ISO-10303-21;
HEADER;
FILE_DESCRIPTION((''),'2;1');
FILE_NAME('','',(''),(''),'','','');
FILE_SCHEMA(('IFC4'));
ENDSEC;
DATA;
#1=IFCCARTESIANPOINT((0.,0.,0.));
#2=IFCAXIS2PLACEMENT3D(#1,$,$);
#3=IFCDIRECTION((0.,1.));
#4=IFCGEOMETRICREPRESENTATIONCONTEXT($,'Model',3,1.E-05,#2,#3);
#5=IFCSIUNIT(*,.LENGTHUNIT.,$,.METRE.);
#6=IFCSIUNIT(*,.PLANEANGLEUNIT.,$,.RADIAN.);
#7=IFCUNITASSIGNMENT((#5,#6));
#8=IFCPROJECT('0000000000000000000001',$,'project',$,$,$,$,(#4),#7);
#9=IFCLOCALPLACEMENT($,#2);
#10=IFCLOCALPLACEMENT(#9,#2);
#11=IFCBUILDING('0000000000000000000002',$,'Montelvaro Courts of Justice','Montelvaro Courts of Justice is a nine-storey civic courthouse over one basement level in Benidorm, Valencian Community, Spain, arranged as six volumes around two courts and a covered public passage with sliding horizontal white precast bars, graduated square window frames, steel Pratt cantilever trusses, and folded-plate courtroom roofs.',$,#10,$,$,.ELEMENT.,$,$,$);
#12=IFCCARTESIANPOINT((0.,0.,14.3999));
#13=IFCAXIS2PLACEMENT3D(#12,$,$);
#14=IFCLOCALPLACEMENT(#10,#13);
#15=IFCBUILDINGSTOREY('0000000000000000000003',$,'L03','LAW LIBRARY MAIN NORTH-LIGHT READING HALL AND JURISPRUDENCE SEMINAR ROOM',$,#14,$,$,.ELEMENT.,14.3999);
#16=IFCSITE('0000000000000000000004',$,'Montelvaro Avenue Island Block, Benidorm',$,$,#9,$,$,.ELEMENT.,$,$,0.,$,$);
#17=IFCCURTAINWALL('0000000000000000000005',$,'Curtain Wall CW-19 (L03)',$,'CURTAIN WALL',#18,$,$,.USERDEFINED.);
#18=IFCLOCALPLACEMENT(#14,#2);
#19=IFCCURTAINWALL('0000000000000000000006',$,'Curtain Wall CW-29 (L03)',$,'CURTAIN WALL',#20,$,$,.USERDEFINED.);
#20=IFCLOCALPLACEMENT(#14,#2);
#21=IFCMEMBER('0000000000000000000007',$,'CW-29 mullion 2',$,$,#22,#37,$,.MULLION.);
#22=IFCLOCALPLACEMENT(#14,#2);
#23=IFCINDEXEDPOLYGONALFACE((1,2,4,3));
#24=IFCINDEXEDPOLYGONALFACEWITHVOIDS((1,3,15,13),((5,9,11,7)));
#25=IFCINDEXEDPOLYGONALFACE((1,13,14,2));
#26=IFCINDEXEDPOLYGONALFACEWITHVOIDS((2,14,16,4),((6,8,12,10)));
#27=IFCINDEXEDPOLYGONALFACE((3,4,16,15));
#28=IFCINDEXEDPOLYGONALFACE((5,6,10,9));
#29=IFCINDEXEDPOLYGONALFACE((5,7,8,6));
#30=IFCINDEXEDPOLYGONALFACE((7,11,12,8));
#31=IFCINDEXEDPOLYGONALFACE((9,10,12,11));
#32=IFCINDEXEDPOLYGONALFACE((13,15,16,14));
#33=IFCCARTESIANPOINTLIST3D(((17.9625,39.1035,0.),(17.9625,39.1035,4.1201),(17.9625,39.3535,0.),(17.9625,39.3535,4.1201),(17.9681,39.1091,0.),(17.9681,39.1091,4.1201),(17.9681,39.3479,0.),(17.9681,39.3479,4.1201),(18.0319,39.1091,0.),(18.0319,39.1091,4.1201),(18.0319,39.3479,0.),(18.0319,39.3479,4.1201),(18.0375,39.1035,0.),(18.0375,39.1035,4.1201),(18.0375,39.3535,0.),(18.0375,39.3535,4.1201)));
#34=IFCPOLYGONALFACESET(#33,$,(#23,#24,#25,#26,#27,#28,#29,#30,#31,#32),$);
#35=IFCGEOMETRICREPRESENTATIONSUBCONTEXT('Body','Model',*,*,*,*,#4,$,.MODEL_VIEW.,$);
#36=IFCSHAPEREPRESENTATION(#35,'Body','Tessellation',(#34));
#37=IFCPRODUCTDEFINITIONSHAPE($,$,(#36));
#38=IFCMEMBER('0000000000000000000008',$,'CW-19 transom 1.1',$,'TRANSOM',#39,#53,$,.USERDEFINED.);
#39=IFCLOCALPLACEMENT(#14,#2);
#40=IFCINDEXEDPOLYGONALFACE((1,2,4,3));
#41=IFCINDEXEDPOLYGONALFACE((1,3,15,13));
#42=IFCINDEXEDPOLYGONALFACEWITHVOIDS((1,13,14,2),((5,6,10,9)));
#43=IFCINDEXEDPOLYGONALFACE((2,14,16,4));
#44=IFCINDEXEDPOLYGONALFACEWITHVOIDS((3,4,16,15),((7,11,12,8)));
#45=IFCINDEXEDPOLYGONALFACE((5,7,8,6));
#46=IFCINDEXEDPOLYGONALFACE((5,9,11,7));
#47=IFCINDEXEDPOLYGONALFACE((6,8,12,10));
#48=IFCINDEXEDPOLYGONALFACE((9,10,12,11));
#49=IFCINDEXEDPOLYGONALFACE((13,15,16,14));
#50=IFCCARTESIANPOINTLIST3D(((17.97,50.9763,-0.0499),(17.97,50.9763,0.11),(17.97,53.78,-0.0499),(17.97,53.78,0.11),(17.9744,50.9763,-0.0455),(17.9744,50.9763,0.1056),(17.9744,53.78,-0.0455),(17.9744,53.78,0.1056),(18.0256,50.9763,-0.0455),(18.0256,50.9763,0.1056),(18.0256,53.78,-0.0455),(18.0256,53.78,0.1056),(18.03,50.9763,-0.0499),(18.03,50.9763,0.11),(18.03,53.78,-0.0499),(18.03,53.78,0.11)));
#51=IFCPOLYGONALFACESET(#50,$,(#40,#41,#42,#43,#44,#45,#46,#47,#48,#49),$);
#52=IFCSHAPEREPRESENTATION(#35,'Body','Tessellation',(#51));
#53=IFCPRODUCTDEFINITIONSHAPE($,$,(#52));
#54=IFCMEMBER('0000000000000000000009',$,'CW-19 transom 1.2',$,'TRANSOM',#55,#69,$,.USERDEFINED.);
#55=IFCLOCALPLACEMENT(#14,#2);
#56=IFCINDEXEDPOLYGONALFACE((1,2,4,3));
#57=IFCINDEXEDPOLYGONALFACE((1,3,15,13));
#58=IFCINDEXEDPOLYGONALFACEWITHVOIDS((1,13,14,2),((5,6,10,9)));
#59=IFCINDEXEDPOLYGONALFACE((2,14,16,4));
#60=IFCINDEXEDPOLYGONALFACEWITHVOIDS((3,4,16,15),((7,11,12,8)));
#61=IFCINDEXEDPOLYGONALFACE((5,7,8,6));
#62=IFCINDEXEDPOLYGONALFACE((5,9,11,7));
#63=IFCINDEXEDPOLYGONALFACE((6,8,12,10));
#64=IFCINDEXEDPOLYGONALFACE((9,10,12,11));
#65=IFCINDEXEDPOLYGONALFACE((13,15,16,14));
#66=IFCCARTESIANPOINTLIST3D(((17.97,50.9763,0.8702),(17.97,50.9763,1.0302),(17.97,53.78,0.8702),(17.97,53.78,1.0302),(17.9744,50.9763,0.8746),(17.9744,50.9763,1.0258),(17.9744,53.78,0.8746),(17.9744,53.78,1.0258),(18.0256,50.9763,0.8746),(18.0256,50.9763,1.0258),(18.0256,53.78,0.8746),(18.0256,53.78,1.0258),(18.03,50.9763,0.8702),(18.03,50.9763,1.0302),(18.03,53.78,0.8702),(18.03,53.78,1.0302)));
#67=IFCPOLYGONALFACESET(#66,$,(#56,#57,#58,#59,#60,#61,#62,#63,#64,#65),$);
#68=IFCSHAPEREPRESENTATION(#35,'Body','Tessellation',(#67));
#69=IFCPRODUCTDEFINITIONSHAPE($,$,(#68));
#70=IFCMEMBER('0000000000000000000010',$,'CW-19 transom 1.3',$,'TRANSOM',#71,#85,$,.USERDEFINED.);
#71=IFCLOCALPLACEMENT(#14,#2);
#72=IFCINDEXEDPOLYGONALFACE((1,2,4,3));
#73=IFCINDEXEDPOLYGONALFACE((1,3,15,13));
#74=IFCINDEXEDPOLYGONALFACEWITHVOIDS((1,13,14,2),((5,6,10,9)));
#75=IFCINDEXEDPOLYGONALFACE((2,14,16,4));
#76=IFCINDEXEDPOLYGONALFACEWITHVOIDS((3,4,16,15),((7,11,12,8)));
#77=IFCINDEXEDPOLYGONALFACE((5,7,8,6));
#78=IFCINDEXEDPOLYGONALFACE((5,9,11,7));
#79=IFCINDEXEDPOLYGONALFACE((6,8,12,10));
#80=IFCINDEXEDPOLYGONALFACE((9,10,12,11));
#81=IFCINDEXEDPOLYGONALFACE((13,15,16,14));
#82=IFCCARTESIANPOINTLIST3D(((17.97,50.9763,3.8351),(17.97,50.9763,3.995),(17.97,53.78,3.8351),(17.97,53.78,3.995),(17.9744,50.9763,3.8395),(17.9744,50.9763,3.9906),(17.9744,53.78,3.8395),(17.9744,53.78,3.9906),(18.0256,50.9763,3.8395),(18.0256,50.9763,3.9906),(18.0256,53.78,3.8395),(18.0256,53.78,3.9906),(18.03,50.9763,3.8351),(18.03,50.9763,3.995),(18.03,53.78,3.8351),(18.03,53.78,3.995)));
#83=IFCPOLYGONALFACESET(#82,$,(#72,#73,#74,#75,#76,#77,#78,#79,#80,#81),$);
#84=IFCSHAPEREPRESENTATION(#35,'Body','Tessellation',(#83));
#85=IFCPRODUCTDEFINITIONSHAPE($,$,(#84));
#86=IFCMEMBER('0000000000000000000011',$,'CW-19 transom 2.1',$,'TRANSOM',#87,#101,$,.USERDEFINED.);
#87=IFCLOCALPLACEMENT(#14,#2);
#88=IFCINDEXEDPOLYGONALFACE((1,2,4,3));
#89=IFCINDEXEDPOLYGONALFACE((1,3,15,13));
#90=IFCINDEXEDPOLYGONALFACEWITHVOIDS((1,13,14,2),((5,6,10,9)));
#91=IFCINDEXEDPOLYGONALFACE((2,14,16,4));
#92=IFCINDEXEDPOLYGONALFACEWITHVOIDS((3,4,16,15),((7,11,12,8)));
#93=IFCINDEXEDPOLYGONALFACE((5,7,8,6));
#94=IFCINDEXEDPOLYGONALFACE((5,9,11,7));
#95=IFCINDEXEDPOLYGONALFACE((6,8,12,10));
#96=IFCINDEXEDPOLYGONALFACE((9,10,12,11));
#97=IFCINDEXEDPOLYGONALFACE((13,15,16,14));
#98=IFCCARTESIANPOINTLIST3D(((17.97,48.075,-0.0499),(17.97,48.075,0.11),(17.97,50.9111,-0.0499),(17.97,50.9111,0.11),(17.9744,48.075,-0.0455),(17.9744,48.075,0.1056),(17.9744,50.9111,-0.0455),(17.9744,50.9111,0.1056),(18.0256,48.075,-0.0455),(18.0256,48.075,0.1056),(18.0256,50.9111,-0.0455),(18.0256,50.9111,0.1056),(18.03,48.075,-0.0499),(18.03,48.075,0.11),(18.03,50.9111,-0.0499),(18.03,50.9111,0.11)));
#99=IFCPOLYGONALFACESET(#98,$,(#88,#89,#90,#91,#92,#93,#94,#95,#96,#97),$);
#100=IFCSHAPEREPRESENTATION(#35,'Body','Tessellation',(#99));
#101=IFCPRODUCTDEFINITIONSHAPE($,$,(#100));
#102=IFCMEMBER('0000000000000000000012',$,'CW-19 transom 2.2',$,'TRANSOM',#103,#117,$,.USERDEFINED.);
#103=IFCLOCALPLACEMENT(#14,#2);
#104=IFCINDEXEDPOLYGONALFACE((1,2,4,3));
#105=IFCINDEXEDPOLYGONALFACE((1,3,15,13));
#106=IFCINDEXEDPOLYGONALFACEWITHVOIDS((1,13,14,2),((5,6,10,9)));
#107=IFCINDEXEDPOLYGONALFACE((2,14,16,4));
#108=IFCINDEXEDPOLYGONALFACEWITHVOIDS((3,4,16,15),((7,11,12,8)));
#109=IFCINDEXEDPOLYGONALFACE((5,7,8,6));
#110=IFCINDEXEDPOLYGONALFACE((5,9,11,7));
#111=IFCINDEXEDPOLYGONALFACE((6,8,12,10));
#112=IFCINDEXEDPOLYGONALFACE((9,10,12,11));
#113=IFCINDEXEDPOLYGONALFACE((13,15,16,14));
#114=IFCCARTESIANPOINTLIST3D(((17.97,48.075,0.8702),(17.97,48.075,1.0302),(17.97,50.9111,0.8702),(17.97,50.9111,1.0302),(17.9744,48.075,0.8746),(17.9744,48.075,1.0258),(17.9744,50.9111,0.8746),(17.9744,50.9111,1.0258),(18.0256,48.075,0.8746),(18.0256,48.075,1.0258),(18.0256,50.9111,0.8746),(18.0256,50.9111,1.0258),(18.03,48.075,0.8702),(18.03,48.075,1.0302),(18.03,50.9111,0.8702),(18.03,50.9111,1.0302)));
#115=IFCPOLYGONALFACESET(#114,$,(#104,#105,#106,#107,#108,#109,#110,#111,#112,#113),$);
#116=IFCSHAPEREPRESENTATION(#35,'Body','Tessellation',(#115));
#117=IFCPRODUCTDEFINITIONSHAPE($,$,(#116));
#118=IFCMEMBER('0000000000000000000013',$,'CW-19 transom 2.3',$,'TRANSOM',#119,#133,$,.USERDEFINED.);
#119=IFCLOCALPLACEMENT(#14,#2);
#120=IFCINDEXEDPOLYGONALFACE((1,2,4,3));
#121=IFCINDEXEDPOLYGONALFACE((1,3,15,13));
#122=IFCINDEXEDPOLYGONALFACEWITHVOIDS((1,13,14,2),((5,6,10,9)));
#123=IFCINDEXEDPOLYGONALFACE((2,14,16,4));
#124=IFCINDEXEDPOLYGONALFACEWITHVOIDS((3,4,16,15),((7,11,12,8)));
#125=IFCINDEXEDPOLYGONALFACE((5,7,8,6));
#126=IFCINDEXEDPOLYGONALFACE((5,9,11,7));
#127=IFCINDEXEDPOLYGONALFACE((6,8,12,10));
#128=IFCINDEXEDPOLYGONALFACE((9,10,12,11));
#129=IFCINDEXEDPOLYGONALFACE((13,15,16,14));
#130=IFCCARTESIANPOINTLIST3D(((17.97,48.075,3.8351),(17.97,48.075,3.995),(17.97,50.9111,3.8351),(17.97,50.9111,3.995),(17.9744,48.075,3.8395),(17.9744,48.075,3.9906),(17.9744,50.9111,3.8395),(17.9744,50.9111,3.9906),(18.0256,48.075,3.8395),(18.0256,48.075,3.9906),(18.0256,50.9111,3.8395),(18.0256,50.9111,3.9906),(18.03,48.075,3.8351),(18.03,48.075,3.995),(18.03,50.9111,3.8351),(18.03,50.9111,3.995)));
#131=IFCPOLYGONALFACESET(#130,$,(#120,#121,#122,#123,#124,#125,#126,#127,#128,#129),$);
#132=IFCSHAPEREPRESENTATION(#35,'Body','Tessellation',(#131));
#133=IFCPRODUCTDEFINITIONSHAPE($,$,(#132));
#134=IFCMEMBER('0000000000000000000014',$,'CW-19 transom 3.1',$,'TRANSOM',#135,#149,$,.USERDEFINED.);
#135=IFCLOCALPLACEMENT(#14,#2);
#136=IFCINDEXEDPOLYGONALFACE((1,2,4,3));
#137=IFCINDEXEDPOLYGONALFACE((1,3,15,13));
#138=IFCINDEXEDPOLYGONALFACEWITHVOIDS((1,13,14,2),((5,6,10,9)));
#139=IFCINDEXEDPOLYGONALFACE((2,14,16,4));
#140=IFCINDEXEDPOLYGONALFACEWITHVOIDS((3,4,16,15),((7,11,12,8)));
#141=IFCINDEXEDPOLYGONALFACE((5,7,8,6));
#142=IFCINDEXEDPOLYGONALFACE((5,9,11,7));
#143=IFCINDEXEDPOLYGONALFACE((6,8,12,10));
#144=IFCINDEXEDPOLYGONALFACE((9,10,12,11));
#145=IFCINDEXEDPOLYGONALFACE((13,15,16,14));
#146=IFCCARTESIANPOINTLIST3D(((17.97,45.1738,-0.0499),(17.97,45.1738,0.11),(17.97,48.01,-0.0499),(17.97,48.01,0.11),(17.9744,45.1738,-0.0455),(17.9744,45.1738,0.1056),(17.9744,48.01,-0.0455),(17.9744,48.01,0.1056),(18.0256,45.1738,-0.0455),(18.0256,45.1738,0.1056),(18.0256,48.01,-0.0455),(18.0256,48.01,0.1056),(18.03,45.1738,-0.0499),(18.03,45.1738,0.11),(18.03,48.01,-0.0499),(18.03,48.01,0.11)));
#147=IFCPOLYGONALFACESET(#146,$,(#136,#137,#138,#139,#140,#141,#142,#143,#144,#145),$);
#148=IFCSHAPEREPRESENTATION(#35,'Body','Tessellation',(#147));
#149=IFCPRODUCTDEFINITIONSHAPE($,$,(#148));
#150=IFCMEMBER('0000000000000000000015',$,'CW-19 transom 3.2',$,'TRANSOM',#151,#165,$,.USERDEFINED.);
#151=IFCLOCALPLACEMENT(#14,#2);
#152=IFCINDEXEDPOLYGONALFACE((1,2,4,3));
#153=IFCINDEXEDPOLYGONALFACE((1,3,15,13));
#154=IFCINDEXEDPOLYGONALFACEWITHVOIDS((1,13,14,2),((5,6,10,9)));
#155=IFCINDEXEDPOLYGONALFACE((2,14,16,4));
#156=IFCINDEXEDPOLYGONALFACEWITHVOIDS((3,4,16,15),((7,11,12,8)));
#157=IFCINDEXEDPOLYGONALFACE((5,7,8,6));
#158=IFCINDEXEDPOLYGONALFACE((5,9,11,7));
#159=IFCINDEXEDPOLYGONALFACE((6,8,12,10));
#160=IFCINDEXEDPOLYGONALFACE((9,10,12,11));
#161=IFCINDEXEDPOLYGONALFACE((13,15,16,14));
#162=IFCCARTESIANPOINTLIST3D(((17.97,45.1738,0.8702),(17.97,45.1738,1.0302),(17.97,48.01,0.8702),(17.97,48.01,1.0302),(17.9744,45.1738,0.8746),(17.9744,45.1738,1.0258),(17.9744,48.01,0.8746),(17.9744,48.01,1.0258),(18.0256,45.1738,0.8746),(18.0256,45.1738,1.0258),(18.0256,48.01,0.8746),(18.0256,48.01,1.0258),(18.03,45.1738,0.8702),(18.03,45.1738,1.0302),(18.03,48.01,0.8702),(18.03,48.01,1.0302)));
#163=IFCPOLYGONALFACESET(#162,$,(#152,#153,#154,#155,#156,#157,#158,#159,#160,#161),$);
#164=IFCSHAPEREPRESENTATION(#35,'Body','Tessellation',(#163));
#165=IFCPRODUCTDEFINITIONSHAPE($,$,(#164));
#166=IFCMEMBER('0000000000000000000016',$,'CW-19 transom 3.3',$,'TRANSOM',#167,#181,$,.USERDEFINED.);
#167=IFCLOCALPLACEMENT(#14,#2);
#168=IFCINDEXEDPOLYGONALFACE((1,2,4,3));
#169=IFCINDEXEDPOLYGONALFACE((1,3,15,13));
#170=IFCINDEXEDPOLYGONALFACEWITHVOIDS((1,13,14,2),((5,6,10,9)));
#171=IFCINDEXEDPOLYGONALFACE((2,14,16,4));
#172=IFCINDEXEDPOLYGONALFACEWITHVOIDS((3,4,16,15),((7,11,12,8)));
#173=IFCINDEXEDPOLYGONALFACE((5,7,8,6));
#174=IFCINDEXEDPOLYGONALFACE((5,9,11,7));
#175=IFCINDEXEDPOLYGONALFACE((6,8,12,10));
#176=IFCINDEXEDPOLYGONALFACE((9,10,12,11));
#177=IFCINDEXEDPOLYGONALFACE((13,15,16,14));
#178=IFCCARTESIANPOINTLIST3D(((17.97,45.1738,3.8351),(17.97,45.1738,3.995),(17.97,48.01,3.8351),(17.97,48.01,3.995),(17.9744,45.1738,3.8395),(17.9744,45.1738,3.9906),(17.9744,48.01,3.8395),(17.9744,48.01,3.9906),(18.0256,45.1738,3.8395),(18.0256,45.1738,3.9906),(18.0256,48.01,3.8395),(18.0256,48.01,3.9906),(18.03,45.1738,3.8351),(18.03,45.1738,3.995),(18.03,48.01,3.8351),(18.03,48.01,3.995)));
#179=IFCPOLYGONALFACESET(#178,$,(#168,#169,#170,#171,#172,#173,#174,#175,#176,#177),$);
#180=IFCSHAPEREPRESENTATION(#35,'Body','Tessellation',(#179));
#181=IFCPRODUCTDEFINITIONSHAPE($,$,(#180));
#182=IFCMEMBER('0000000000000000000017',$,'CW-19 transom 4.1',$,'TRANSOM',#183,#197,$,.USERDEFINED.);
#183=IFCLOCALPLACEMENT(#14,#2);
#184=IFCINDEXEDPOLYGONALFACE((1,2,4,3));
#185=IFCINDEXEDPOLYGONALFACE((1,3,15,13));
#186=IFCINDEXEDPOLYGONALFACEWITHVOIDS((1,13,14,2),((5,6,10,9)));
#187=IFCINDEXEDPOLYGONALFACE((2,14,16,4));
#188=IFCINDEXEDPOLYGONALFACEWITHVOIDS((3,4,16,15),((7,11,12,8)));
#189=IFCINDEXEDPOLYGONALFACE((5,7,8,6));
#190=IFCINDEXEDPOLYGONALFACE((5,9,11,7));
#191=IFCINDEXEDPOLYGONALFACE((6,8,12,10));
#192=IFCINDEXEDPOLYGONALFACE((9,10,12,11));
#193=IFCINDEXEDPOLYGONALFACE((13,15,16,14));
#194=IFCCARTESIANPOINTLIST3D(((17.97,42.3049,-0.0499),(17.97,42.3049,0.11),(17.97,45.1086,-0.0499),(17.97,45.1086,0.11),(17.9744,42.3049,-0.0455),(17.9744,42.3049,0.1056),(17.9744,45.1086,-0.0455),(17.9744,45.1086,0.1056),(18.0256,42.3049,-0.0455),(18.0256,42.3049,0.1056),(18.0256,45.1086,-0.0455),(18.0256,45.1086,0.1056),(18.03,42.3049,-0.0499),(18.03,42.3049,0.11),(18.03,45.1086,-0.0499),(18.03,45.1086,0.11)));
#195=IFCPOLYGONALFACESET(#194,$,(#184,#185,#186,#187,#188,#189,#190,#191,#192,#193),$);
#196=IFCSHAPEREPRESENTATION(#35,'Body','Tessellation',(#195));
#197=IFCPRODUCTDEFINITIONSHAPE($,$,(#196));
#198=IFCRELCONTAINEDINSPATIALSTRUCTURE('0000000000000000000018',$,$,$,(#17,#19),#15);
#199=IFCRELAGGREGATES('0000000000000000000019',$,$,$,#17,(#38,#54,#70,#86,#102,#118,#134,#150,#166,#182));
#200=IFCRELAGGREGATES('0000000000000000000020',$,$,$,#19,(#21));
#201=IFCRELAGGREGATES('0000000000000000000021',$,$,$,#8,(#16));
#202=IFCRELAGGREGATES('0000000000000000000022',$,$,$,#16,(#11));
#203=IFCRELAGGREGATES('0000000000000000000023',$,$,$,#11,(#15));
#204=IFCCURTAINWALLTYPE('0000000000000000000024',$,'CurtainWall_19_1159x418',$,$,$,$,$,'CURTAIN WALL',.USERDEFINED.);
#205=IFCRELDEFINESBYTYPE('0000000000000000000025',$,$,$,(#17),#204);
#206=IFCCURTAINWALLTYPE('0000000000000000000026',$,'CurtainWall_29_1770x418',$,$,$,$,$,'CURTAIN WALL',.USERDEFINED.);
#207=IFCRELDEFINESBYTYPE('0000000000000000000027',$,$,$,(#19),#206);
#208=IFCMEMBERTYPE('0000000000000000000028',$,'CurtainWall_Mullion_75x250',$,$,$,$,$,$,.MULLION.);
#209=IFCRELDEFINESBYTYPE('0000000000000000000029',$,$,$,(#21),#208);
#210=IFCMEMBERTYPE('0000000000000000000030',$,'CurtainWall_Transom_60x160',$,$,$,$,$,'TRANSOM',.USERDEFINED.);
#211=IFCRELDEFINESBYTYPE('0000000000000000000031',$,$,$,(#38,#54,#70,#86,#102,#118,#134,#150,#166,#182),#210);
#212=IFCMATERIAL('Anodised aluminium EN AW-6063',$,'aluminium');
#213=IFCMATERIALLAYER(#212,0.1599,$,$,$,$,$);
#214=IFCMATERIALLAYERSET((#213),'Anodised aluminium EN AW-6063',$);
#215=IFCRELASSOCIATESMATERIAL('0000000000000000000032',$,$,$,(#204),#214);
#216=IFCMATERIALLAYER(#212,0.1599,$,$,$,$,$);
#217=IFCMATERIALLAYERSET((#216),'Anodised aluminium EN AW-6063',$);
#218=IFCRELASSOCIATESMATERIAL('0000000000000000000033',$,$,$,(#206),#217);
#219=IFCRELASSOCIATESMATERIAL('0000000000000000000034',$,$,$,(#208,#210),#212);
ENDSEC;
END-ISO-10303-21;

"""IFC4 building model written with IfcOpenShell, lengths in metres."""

from ifc_helpers import new_model, si_unit, direction, frame, origin, origin_2d, place, context, subcontext, project, spatial, hollow_rectangle, extrude, material, layer, layer_set, material_profile, profile_set, type_object, element, aggregate, save


model = new_model("IFC4")

# Units and contexts
model_context = context("Model", 3, precision=1e-05, world=origin(), true_north=direction((0.0, 1.0)))
body_context = subcontext(model_context, "Body", "Model", "MODEL_VIEW")
ifc_project = project(units=[si_unit("LENGTHUNIT", "METRE"), si_unit("PLANEANGLEUNIT", "RADIAN")], contexts=[model_context])

# Site, building, storey
site_placement = place(None, origin())
site = spatial("IfcSite", under=ifc_project, at=site_placement, Name="Montelvaro Avenue Island Block, Benidorm", CompositionType="ELEMENT", RefElevation=0.0)
building_placement = place(site_placement, origin())
building = spatial("IfcBuilding", under=site, at=building_placement, Name="Montelvaro Courts of Justice", Description="Montelvaro Courts of Justice is a nine-storey civic courthouse over one basement level in Benidorm, Valencian Community, Spain, arranged as six volumes around two courts and a covered public passage with sliding horizontal white precast bars, graduated square window frames, steel Pratt cantilever trusses, and folded-plate courtroom roofs.", CompositionType="ELEMENT")
storey_placement = place(building_placement, frame((0.0, 0.0, 14.3999)))
storey = spatial("IfcBuildingStorey", under=building, at=storey_placement, Name="L03", Description="LAW LIBRARY MAIN NORTH-LIGHT READING HALL AND JURISPRUDENCE SEMINAR ROOM", CompositionType="ELEMENT", Elevation=14.3999)

# Curtain walls, member
ifc_material_1 = material(Name="Anodised aluminium EN AW-6063", Category="aluminium")
ifc_layer_1 = layer(ifc_material_1, 0.1599)
ifc_layer_set_1 = layer_set([ifc_layer_1], Name="Anodised aluminium EN AW-6063")
curtain_wall_type_1 = type_object("IfcCurtainWallType", Name="CurtainWall_19_1159x418", ElementType="CURTAIN WALL", PredefinedType="USERDEFINED", material=ifc_layer_set_1)
curtain_wall_1_placement = place(storey_placement, origin())
curtain_wall_1 = element("IfcCurtainWall", 1, at=curtain_wall_1_placement, inside=storey, type_object=curtain_wall_type_1, Name="Curtain Wall CW-19 (L03)", ObjectType="CURTAIN WALL", PredefinedType="USERDEFINED")
ifc_layer_2 = layer(ifc_material_1, 0.1599)
ifc_layer_set_2 = layer_set([ifc_layer_2], Name="Anodised aluminium EN AW-6063")
curtain_wall_type_2 = type_object("IfcCurtainWallType", Name="CurtainWall_29_1770x418", ElementType="CURTAIN WALL", PredefinedType="USERDEFINED", material=ifc_layer_set_2)
curtain_wall_2_placement = place(storey_placement, origin())
curtain_wall_2 = element("IfcCurtainWall", 2, at=curtain_wall_2_placement, inside=storey, type_object=curtain_wall_type_2, Name="Curtain Wall CW-29 (L03)", ObjectType="CURTAIN WALL", PredefinedType="USERDEFINED")
ifc_material_profile_1 = material_profile(ifc_material_1, hollow_rectangle(XDim=0.075, YDim=0.25, WallThickness=0.0056, at=origin_2d()), Name="ALU-M 75x250")
ifc_profile_set_1 = profile_set([ifc_material_profile_1], Name="Anodised aluminium EN AW-6063")
member_type_1 = type_object("IfcMemberType", Name="CurtainWall_Mullion_75x250", PredefinedType="MULLION", material=ifc_profile_set_1)
member_1_placement = place(storey_placement, frame((18.0, 39.2285, 0.0), z_axis=(0.0, 0.0, 1.0), x_axis=(1.0, 0.0, 0.0)))
member_1 = element("IfcMember", 3, at=member_1_placement, type_object=member_type_1, Name="CW-29 mullion 2", PredefinedType="MULLION", context=body_context, shape_type="SweptSolid", body=[
    extrude(hollow_rectangle(XDim=0.075, YDim=0.25, WallThickness=0.0056, at=origin_2d()), origin(), (0.0, 0.0, 1.0), 4.1201),
])

# Members
ifc_material_profile_2 = material_profile(ifc_material_1, hollow_rectangle(XDim=0.0601, YDim=0.1599, WallThickness=0.0044, at=origin_2d()), Name="ALU-T 60x160")
ifc_profile_set_2 = profile_set([ifc_material_profile_2], Name="Anodised aluminium EN AW-6063")
member_type_2 = type_object("IfcMemberType", Name="CurtainWall_Transom_60x160", ElementType="TRANSOM", PredefinedType="USERDEFINED", material=ifc_profile_set_2)
member_2_placement = place(storey_placement, frame((18.0, 53.78, 0.03), z_axis=(0.0, -1.0, 0.0), x_axis=(1.0, 0.0, 0.0)))
member_2 = element("IfcMember", 4, at=member_2_placement, type_object=member_type_2, Name="CW-19 transom 1.1", ObjectType="TRANSOM", PredefinedType="USERDEFINED", context=body_context, shape_type="SweptSolid", body=[
    extrude(hollow_rectangle(XDim=0.0601, YDim=0.1599, WallThickness=0.0044, at=origin_2d()), origin(), (0.0, 0.0, 1.0), 2.8037),
])
member_3_placement = place(storey_placement, frame((18.0, 53.78, 0.9502), z_axis=(0.0, -1.0, 0.0), x_axis=(1.0, 0.0, 0.0)))
member_3 = element("IfcMember", 5, at=member_3_placement, type_object=member_type_2, Name="CW-19 transom 1.2", ObjectType="TRANSOM", PredefinedType="USERDEFINED", context=body_context, shape_type="SweptSolid", body=[
    extrude(hollow_rectangle(XDim=0.0601, YDim=0.1599, WallThickness=0.0044, at=origin_2d()), origin(), (0.0, 0.0, 1.0), 2.8037),
])
member_4_placement = place(storey_placement, frame((18.0, 53.78, 3.915), z_axis=(0.0, -1.0, 0.0), x_axis=(1.0, 0.0, 0.0)))
member_4 = element("IfcMember", 6, at=member_4_placement, type_object=member_type_2, Name="CW-19 transom 1.3", ObjectType="TRANSOM", PredefinedType="USERDEFINED", context=body_context, shape_type="SweptSolid", body=[
    extrude(hollow_rectangle(XDim=0.0601, YDim=0.1599, WallThickness=0.0044, at=origin_2d()), origin(), (0.0, 0.0, 1.0), 2.8037),
])
member_5_placement = place(storey_placement, frame((18.0, 50.9111, 0.03), z_axis=(0.0, -1.0, 0.0), x_axis=(1.0, 0.0, 0.0)))
member_5 = element("IfcMember", 7, at=member_5_placement, type_object=member_type_2, Name="CW-19 transom 2.1", ObjectType="TRANSOM", PredefinedType="USERDEFINED", context=body_context, shape_type="SweptSolid", body=[
    extrude(hollow_rectangle(XDim=0.0601, YDim=0.1599, WallThickness=0.0044, at=origin_2d()), origin(), (0.0, 0.0, 1.0), 2.8362),
])
member_6_placement = place(storey_placement, frame((18.0, 50.9111, 0.9502), z_axis=(0.0, -1.0, 0.0), x_axis=(1.0, 0.0, 0.0)))
member_6 = element("IfcMember", 8, at=member_6_placement, type_object=member_type_2, Name="CW-19 transom 2.2", ObjectType="TRANSOM", PredefinedType="USERDEFINED", context=body_context, shape_type="SweptSolid", body=[
    extrude(hollow_rectangle(XDim=0.0601, YDim=0.1599, WallThickness=0.0044, at=origin_2d()), origin(), (0.0, 0.0, 1.0), 2.8362),
])
member_7_placement = place(storey_placement, frame((18.0, 50.9111, 3.915), z_axis=(0.0, -1.0, 0.0), x_axis=(1.0, 0.0, 0.0)))
member_7 = element("IfcMember", 9, at=member_7_placement, type_object=member_type_2, Name="CW-19 transom 2.3", ObjectType="TRANSOM", PredefinedType="USERDEFINED", context=body_context, shape_type="SweptSolid", body=[
    extrude(hollow_rectangle(XDim=0.0601, YDim=0.1599, WallThickness=0.0044, at=origin_2d()), origin(), (0.0, 0.0, 1.0), 2.8362),
])
member_8_placement = place(storey_placement, frame((18.0, 48.01, 0.03), z_axis=(0.0, -1.0, 0.0), x_axis=(1.0, 0.0, 0.0)))
member_8 = element("IfcMember", 10, at=member_8_placement, type_object=member_type_2, Name="CW-19 transom 3.1", ObjectType="TRANSOM", PredefinedType="USERDEFINED", context=body_context, shape_type="SweptSolid", body=[
    extrude(hollow_rectangle(XDim=0.0601, YDim=0.1599, WallThickness=0.0044, at=origin_2d()), origin(), (0.0, 0.0, 1.0), 2.8362),
])
member_9_placement = place(storey_placement, frame((18.0, 48.01, 0.9502), z_axis=(0.0, -1.0, 0.0), x_axis=(1.0, 0.0, 0.0)))
member_9 = element("IfcMember", 11, at=member_9_placement, type_object=member_type_2, Name="CW-19 transom 3.2", ObjectType="TRANSOM", PredefinedType="USERDEFINED", context=body_context, shape_type="SweptSolid", body=[
    extrude(hollow_rectangle(XDim=0.0601, YDim=0.1599, WallThickness=0.0044, at=origin_2d()), origin(), (0.0, 0.0, 1.0), 2.8362),
])
member_10_placement = place(storey_placement, frame((18.0, 48.01, 3.915), z_axis=(0.0, -1.0, 0.0), x_axis=(1.0, 0.0, 0.0)))
member_10 = element("IfcMember", 12, at=member_10_placement, type_object=member_type_2, Name="CW-19 transom 3.3", ObjectType="TRANSOM", PredefinedType="USERDEFINED", context=body_context, shape_type="SweptSolid", body=[
    extrude(hollow_rectangle(XDim=0.0601, YDim=0.1599, WallThickness=0.0044, at=origin_2d()), origin(), (0.0, 0.0, 1.0), 2.8362),
])
member_11_placement = place(storey_placement, frame((18.0, 45.1086, 0.03), z_axis=(0.0, -1.0, 0.0), x_axis=(1.0, 0.0, 0.0)))
member_11 = element("IfcMember", 13, at=member_11_placement, type_object=member_type_2, Name="CW-19 transom 4.1", ObjectType="TRANSOM", PredefinedType="USERDEFINED", context=body_context, shape_type="SweptSolid", body=[
    extrude(hollow_rectangle(XDim=0.0601, YDim=0.1599, WallThickness=0.0044, at=origin_2d()), origin(), (0.0, 0.0, 1.0), 2.8037),
])

aggregate(curtain_wall_1, [member_2, member_3, member_4, member_5, member_6, member_7, member_8, member_9, member_10, member_11])
aggregate(curtain_wall_2, [member_1])

save(model, "model.ifc")
